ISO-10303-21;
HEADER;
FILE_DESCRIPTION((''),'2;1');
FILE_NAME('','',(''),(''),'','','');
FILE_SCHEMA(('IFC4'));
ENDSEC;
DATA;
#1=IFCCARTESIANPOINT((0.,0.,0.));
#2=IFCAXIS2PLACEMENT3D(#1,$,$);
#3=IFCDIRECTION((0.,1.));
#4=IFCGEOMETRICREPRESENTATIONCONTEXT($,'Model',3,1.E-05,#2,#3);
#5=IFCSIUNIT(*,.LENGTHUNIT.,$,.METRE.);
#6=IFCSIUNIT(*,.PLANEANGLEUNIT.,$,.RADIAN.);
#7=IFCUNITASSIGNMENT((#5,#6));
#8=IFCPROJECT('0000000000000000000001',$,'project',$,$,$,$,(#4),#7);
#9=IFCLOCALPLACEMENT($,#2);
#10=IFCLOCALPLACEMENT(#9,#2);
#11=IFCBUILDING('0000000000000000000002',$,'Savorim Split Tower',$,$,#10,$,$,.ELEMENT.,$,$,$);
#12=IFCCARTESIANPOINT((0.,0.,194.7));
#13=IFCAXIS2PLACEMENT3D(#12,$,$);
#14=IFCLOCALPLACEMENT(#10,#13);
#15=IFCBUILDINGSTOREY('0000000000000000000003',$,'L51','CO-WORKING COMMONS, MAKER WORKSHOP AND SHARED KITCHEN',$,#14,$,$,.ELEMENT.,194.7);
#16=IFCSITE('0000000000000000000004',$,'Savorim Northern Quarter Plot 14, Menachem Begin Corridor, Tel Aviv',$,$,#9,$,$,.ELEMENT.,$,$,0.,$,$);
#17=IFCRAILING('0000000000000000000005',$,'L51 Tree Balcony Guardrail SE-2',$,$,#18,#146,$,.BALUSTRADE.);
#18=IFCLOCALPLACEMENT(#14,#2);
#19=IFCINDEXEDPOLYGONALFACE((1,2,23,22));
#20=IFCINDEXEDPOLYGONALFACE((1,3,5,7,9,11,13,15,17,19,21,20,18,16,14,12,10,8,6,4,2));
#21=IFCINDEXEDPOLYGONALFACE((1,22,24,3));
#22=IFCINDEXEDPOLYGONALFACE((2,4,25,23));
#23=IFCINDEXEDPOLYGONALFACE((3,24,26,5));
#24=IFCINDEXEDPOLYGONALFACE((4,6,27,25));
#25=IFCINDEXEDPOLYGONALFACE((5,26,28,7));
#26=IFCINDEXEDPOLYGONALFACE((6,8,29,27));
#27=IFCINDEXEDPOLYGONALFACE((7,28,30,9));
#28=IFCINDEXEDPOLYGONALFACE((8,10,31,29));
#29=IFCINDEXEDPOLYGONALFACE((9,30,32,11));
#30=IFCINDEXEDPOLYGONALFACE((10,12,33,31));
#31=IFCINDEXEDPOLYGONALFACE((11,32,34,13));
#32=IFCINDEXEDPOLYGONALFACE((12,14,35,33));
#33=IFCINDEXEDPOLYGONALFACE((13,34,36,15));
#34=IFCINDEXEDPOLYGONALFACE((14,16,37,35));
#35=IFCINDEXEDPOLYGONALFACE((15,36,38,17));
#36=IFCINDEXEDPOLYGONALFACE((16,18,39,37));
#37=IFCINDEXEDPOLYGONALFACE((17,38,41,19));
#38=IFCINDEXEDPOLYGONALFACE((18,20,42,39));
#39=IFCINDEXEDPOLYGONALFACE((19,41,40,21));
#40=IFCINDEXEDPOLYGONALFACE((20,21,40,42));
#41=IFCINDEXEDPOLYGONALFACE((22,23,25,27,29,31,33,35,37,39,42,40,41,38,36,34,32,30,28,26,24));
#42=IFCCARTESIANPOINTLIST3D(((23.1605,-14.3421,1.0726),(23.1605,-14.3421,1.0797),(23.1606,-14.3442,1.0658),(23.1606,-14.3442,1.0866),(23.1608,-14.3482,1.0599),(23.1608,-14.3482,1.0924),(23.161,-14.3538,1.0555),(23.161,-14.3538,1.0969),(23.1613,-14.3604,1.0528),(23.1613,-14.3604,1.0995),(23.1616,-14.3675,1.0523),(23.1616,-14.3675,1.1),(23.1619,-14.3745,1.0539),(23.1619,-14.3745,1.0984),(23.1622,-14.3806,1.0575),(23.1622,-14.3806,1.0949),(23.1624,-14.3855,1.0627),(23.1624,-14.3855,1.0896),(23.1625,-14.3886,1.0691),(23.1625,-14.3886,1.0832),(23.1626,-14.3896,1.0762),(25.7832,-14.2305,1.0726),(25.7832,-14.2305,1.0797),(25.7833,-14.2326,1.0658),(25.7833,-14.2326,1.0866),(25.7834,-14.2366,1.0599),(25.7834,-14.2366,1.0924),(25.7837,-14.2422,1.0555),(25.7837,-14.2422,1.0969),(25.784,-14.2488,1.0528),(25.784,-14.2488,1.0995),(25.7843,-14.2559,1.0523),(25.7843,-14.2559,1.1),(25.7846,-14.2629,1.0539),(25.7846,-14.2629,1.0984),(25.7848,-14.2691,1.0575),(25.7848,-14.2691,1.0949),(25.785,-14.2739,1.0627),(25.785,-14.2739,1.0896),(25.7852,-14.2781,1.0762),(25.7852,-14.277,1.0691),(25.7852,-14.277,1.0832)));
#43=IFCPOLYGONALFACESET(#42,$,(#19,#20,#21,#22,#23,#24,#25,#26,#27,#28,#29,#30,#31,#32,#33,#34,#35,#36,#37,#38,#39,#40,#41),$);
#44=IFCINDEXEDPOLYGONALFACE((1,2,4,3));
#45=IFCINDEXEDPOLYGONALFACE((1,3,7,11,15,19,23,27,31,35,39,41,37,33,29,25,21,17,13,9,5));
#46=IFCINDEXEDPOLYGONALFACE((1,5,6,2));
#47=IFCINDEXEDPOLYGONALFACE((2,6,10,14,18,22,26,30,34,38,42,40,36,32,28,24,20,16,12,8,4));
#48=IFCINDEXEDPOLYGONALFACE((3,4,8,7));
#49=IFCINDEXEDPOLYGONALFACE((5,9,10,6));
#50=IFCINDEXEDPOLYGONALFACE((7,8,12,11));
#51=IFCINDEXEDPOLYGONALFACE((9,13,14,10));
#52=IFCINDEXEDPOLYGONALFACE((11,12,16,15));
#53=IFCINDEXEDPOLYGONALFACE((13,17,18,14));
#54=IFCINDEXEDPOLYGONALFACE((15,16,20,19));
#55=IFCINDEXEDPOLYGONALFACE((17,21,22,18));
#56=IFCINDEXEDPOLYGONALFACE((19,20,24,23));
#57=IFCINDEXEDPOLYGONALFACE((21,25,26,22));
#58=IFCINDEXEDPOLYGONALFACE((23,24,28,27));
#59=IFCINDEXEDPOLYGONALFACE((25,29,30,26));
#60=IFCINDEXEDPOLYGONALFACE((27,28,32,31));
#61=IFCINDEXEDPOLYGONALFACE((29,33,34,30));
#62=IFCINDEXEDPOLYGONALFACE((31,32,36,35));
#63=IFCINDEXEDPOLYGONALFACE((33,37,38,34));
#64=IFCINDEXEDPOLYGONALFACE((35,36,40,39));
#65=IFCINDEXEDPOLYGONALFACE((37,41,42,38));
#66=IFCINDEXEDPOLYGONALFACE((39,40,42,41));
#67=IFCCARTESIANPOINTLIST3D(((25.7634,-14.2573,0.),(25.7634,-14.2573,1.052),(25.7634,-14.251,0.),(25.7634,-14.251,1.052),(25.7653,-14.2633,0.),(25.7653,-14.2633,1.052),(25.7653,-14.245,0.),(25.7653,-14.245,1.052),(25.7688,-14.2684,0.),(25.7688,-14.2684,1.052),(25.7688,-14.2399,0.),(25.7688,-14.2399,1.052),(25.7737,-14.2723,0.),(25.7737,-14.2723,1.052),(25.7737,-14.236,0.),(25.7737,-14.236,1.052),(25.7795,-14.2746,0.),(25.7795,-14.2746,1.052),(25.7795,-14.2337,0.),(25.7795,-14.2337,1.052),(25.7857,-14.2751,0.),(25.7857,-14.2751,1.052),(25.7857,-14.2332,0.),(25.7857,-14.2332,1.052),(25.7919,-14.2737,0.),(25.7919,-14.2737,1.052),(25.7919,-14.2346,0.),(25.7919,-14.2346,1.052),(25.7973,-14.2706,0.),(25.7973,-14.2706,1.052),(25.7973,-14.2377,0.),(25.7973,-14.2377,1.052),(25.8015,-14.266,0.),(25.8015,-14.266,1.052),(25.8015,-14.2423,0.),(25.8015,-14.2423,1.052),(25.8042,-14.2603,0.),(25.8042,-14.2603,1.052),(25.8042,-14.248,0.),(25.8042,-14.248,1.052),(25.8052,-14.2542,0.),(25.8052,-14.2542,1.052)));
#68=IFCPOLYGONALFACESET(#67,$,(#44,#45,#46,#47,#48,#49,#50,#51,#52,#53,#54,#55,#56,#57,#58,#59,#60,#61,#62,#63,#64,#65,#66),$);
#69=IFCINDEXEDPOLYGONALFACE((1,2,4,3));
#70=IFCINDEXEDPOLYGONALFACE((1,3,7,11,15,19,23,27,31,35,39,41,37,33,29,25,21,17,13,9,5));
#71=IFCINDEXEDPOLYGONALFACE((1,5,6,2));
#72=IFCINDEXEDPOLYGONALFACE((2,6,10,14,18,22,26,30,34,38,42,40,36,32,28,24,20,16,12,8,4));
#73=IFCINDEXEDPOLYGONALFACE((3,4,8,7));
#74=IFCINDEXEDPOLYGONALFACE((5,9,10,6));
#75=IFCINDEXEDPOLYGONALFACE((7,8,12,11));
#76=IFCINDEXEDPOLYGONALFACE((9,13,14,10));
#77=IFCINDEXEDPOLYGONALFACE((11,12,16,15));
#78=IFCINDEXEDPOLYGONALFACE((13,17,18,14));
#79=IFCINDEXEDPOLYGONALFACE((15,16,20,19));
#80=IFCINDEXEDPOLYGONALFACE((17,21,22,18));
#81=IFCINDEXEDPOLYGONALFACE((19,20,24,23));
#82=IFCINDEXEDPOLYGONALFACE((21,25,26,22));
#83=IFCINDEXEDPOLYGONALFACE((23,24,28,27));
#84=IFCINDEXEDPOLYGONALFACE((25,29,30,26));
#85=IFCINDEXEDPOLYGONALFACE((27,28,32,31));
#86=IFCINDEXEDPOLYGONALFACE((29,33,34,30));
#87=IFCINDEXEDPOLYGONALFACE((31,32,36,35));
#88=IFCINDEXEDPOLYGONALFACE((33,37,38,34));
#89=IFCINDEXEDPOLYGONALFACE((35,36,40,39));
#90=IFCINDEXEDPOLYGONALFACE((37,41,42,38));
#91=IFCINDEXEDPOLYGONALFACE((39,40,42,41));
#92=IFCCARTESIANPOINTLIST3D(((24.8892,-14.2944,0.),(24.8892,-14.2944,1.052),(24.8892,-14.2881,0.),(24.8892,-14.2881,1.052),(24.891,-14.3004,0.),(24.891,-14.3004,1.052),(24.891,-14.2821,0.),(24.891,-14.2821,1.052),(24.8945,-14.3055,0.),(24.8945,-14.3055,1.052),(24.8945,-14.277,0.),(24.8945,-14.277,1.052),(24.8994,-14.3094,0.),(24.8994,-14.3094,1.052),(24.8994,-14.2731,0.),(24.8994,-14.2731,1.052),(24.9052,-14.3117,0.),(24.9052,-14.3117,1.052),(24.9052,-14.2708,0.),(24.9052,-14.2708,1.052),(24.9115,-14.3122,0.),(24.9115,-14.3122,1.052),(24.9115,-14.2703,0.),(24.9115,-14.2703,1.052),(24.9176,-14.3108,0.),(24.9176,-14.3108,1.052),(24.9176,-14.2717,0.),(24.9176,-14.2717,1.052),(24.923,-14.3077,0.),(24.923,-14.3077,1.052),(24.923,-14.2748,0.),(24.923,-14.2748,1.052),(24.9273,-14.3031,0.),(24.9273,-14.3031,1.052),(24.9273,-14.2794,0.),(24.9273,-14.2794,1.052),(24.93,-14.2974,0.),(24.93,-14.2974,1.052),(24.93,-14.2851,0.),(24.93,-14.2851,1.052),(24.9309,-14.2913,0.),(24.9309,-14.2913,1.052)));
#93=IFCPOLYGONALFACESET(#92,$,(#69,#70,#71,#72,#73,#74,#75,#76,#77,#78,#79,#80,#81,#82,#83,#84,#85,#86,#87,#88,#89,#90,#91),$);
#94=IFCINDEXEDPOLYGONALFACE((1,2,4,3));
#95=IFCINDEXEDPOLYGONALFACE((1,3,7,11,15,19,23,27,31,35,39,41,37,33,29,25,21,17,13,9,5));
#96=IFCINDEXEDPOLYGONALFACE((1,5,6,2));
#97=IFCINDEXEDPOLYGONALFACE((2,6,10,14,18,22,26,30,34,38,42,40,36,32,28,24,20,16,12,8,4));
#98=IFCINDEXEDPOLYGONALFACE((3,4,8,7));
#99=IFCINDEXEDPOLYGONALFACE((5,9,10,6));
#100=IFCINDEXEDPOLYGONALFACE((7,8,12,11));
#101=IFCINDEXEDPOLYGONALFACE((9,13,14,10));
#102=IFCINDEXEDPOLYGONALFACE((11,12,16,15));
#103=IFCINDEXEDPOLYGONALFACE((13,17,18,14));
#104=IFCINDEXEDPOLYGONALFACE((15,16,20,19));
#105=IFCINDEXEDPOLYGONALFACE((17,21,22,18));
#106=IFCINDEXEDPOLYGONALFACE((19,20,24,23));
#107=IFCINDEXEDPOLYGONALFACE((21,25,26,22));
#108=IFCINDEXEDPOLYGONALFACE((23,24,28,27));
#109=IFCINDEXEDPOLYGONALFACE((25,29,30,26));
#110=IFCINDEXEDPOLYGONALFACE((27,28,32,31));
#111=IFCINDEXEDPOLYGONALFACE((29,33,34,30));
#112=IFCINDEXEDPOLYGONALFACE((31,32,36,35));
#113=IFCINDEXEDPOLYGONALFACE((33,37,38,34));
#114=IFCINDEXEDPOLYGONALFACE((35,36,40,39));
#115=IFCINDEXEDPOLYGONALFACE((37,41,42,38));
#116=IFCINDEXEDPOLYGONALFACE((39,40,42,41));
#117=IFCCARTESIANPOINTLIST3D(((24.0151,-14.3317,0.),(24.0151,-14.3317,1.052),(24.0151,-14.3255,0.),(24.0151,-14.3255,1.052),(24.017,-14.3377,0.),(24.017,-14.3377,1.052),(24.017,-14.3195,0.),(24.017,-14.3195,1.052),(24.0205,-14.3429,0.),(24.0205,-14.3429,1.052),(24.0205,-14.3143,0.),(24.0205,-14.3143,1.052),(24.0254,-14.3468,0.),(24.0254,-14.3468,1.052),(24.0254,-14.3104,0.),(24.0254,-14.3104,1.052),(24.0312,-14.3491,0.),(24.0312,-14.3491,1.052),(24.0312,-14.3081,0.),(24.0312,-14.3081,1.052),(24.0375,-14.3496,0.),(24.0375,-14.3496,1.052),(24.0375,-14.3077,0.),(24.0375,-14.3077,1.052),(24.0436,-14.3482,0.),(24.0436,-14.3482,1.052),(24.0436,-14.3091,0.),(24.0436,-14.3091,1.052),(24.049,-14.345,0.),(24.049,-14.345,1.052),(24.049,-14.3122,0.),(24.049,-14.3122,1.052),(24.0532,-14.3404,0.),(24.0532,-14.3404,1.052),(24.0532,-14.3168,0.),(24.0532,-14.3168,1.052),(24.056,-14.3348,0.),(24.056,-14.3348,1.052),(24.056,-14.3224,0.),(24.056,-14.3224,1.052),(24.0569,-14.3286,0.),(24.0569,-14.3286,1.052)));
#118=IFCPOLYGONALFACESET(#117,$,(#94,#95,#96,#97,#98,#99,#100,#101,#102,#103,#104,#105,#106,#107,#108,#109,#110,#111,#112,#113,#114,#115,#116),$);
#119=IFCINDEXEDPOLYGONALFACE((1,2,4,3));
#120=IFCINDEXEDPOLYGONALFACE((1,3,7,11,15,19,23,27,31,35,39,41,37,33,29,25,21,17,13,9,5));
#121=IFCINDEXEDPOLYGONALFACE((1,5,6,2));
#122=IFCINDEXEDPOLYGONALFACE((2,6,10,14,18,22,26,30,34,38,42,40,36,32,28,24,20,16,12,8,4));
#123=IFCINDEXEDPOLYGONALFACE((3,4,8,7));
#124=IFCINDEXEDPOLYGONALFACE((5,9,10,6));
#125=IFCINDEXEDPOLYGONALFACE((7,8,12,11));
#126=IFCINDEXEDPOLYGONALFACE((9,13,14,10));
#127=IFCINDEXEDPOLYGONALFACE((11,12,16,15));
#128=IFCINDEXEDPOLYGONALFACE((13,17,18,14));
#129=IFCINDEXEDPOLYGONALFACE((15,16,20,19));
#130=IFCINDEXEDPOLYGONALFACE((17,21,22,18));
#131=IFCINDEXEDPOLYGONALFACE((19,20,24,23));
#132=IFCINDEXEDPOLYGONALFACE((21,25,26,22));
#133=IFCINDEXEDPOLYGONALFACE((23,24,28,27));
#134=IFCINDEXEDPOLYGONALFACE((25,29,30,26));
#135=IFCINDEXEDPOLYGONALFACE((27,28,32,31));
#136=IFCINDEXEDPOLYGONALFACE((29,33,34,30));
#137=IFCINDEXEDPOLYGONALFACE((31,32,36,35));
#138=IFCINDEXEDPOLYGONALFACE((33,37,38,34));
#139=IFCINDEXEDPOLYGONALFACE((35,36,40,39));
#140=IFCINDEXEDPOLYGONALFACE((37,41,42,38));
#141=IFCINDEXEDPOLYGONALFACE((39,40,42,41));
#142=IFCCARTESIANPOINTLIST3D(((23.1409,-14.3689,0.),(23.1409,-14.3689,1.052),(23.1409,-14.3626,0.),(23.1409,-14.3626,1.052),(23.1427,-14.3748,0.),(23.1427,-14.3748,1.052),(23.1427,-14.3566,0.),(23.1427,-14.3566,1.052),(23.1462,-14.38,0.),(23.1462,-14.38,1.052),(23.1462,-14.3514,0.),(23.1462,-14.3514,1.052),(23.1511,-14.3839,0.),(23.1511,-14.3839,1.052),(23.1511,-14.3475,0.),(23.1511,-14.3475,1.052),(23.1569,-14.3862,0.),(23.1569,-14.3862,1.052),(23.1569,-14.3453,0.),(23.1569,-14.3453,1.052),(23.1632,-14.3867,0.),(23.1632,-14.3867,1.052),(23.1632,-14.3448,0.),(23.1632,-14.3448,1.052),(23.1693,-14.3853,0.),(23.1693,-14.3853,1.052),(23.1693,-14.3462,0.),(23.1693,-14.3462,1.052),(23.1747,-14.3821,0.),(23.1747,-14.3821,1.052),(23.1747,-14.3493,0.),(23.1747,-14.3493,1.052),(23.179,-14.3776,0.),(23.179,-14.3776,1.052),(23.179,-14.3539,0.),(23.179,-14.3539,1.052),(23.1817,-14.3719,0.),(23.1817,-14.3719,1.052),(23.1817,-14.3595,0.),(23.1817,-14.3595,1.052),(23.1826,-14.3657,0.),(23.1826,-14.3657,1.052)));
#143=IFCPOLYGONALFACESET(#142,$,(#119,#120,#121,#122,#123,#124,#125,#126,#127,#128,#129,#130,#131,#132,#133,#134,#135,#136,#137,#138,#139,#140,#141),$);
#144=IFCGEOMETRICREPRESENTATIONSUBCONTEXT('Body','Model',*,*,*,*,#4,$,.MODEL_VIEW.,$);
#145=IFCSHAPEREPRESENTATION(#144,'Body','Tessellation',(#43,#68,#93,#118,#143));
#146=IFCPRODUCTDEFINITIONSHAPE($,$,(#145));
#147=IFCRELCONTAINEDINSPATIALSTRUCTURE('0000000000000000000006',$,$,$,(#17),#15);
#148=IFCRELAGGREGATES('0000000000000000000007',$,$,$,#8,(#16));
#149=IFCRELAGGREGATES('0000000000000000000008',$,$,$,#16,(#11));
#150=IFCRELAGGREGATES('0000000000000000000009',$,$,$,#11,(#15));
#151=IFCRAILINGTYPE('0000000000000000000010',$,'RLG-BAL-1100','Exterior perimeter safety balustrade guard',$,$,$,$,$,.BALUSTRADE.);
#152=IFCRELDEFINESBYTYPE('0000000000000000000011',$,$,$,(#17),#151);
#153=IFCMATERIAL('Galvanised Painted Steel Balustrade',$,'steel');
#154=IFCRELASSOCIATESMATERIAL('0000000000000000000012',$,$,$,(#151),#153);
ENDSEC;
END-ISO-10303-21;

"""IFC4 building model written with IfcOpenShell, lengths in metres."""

from ifc_helpers import new_model, si_unit, direction, frame, origin, origin_2d, place, context, subcontext, project, spatial, circle, extrude, material, type_object, element, save


model = new_model("IFC4")

# Units and contexts
model_context = context("Model", 3, precision=1e-05, world=origin(), true_north=direction((0.0, 1.0)))
body_context = subcontext(model_context, "Body", "Model", "MODEL_VIEW")
ifc_project = project(units=[si_unit("LENGTHUNIT", "METRE"), si_unit("PLANEANGLEUNIT", "RADIAN")], contexts=[model_context])

# Site, building, storey
site_placement = place(None, origin())
site = spatial("IfcSite", under=ifc_project, at=site_placement, Name="Savorim Northern Quarter Plot 14, Menachem Begin Corridor, Tel Aviv", CompositionType="ELEMENT", RefElevation=0.0)
building_placement = place(site_placement, origin())
building = spatial("IfcBuilding", under=site, at=building_placement, Name="Savorim Split Tower", CompositionType="ELEMENT")
storey_placement = place(building_placement, frame((0.0, 0.0, 194.7)))
storey = spatial("IfcBuildingStorey", under=building, at=storey_placement, Name="L51", Description="CO-WORKING COMMONS, MAKER WORKSHOP AND SHARED KITCHEN", CompositionType="ELEMENT", Elevation=194.7)

# Railing
ifc_material_1 = material(Name="Galvanised Painted Steel Balustrade", Category="steel")
railing_type = type_object("IfcRailingType", Name="RLG-BAL-1100", Description="Exterior perimeter safety balustrade guard", PredefinedType="BALUSTRADE", material=ifc_material_1)
railing_1_placement = place(storey_placement, frame((25.7842, -14.2542, 0.0)))
element("IfcRailing", 1, at=railing_1_placement, inside=storey, type_object=railing_type, Name="L51 Tree Balcony Guardrail SE-2", PredefinedType="BALUSTRADE", context=body_context, shape_type="SweptSolid", body=[
    extrude(circle(Radius=0.0239, at=origin_2d()), frame((0.0, 0.0, 1.0762), z_axis=(-0.999096, -0.042505, 0.0), x_axis=(0.042505, -0.999096, 0.0)), (0.0, 0.0, 1.0), 2.625),
    extrude(circle(Radius=0.021, at=origin_2d()), origin(), (0.0, 0.0, 1.0), 1.052),
    extrude(circle(Radius=0.021, at=origin_2d()), frame((-0.8743, -0.0371, 0.0)), (0.0, 0.0, 1.0), 1.052),
    extrude(circle(Radius=0.021, at=origin_2d()), frame((-1.7483, -0.0745, 0.0)), (0.0, 0.0, 1.0), 1.052),
    extrude(circle(Radius=0.021, at=origin_2d()), frame((-2.6226, -0.1116, 0.0)), (0.0, 0.0, 1.0), 1.052),
])

save(model, "model.ifc")
